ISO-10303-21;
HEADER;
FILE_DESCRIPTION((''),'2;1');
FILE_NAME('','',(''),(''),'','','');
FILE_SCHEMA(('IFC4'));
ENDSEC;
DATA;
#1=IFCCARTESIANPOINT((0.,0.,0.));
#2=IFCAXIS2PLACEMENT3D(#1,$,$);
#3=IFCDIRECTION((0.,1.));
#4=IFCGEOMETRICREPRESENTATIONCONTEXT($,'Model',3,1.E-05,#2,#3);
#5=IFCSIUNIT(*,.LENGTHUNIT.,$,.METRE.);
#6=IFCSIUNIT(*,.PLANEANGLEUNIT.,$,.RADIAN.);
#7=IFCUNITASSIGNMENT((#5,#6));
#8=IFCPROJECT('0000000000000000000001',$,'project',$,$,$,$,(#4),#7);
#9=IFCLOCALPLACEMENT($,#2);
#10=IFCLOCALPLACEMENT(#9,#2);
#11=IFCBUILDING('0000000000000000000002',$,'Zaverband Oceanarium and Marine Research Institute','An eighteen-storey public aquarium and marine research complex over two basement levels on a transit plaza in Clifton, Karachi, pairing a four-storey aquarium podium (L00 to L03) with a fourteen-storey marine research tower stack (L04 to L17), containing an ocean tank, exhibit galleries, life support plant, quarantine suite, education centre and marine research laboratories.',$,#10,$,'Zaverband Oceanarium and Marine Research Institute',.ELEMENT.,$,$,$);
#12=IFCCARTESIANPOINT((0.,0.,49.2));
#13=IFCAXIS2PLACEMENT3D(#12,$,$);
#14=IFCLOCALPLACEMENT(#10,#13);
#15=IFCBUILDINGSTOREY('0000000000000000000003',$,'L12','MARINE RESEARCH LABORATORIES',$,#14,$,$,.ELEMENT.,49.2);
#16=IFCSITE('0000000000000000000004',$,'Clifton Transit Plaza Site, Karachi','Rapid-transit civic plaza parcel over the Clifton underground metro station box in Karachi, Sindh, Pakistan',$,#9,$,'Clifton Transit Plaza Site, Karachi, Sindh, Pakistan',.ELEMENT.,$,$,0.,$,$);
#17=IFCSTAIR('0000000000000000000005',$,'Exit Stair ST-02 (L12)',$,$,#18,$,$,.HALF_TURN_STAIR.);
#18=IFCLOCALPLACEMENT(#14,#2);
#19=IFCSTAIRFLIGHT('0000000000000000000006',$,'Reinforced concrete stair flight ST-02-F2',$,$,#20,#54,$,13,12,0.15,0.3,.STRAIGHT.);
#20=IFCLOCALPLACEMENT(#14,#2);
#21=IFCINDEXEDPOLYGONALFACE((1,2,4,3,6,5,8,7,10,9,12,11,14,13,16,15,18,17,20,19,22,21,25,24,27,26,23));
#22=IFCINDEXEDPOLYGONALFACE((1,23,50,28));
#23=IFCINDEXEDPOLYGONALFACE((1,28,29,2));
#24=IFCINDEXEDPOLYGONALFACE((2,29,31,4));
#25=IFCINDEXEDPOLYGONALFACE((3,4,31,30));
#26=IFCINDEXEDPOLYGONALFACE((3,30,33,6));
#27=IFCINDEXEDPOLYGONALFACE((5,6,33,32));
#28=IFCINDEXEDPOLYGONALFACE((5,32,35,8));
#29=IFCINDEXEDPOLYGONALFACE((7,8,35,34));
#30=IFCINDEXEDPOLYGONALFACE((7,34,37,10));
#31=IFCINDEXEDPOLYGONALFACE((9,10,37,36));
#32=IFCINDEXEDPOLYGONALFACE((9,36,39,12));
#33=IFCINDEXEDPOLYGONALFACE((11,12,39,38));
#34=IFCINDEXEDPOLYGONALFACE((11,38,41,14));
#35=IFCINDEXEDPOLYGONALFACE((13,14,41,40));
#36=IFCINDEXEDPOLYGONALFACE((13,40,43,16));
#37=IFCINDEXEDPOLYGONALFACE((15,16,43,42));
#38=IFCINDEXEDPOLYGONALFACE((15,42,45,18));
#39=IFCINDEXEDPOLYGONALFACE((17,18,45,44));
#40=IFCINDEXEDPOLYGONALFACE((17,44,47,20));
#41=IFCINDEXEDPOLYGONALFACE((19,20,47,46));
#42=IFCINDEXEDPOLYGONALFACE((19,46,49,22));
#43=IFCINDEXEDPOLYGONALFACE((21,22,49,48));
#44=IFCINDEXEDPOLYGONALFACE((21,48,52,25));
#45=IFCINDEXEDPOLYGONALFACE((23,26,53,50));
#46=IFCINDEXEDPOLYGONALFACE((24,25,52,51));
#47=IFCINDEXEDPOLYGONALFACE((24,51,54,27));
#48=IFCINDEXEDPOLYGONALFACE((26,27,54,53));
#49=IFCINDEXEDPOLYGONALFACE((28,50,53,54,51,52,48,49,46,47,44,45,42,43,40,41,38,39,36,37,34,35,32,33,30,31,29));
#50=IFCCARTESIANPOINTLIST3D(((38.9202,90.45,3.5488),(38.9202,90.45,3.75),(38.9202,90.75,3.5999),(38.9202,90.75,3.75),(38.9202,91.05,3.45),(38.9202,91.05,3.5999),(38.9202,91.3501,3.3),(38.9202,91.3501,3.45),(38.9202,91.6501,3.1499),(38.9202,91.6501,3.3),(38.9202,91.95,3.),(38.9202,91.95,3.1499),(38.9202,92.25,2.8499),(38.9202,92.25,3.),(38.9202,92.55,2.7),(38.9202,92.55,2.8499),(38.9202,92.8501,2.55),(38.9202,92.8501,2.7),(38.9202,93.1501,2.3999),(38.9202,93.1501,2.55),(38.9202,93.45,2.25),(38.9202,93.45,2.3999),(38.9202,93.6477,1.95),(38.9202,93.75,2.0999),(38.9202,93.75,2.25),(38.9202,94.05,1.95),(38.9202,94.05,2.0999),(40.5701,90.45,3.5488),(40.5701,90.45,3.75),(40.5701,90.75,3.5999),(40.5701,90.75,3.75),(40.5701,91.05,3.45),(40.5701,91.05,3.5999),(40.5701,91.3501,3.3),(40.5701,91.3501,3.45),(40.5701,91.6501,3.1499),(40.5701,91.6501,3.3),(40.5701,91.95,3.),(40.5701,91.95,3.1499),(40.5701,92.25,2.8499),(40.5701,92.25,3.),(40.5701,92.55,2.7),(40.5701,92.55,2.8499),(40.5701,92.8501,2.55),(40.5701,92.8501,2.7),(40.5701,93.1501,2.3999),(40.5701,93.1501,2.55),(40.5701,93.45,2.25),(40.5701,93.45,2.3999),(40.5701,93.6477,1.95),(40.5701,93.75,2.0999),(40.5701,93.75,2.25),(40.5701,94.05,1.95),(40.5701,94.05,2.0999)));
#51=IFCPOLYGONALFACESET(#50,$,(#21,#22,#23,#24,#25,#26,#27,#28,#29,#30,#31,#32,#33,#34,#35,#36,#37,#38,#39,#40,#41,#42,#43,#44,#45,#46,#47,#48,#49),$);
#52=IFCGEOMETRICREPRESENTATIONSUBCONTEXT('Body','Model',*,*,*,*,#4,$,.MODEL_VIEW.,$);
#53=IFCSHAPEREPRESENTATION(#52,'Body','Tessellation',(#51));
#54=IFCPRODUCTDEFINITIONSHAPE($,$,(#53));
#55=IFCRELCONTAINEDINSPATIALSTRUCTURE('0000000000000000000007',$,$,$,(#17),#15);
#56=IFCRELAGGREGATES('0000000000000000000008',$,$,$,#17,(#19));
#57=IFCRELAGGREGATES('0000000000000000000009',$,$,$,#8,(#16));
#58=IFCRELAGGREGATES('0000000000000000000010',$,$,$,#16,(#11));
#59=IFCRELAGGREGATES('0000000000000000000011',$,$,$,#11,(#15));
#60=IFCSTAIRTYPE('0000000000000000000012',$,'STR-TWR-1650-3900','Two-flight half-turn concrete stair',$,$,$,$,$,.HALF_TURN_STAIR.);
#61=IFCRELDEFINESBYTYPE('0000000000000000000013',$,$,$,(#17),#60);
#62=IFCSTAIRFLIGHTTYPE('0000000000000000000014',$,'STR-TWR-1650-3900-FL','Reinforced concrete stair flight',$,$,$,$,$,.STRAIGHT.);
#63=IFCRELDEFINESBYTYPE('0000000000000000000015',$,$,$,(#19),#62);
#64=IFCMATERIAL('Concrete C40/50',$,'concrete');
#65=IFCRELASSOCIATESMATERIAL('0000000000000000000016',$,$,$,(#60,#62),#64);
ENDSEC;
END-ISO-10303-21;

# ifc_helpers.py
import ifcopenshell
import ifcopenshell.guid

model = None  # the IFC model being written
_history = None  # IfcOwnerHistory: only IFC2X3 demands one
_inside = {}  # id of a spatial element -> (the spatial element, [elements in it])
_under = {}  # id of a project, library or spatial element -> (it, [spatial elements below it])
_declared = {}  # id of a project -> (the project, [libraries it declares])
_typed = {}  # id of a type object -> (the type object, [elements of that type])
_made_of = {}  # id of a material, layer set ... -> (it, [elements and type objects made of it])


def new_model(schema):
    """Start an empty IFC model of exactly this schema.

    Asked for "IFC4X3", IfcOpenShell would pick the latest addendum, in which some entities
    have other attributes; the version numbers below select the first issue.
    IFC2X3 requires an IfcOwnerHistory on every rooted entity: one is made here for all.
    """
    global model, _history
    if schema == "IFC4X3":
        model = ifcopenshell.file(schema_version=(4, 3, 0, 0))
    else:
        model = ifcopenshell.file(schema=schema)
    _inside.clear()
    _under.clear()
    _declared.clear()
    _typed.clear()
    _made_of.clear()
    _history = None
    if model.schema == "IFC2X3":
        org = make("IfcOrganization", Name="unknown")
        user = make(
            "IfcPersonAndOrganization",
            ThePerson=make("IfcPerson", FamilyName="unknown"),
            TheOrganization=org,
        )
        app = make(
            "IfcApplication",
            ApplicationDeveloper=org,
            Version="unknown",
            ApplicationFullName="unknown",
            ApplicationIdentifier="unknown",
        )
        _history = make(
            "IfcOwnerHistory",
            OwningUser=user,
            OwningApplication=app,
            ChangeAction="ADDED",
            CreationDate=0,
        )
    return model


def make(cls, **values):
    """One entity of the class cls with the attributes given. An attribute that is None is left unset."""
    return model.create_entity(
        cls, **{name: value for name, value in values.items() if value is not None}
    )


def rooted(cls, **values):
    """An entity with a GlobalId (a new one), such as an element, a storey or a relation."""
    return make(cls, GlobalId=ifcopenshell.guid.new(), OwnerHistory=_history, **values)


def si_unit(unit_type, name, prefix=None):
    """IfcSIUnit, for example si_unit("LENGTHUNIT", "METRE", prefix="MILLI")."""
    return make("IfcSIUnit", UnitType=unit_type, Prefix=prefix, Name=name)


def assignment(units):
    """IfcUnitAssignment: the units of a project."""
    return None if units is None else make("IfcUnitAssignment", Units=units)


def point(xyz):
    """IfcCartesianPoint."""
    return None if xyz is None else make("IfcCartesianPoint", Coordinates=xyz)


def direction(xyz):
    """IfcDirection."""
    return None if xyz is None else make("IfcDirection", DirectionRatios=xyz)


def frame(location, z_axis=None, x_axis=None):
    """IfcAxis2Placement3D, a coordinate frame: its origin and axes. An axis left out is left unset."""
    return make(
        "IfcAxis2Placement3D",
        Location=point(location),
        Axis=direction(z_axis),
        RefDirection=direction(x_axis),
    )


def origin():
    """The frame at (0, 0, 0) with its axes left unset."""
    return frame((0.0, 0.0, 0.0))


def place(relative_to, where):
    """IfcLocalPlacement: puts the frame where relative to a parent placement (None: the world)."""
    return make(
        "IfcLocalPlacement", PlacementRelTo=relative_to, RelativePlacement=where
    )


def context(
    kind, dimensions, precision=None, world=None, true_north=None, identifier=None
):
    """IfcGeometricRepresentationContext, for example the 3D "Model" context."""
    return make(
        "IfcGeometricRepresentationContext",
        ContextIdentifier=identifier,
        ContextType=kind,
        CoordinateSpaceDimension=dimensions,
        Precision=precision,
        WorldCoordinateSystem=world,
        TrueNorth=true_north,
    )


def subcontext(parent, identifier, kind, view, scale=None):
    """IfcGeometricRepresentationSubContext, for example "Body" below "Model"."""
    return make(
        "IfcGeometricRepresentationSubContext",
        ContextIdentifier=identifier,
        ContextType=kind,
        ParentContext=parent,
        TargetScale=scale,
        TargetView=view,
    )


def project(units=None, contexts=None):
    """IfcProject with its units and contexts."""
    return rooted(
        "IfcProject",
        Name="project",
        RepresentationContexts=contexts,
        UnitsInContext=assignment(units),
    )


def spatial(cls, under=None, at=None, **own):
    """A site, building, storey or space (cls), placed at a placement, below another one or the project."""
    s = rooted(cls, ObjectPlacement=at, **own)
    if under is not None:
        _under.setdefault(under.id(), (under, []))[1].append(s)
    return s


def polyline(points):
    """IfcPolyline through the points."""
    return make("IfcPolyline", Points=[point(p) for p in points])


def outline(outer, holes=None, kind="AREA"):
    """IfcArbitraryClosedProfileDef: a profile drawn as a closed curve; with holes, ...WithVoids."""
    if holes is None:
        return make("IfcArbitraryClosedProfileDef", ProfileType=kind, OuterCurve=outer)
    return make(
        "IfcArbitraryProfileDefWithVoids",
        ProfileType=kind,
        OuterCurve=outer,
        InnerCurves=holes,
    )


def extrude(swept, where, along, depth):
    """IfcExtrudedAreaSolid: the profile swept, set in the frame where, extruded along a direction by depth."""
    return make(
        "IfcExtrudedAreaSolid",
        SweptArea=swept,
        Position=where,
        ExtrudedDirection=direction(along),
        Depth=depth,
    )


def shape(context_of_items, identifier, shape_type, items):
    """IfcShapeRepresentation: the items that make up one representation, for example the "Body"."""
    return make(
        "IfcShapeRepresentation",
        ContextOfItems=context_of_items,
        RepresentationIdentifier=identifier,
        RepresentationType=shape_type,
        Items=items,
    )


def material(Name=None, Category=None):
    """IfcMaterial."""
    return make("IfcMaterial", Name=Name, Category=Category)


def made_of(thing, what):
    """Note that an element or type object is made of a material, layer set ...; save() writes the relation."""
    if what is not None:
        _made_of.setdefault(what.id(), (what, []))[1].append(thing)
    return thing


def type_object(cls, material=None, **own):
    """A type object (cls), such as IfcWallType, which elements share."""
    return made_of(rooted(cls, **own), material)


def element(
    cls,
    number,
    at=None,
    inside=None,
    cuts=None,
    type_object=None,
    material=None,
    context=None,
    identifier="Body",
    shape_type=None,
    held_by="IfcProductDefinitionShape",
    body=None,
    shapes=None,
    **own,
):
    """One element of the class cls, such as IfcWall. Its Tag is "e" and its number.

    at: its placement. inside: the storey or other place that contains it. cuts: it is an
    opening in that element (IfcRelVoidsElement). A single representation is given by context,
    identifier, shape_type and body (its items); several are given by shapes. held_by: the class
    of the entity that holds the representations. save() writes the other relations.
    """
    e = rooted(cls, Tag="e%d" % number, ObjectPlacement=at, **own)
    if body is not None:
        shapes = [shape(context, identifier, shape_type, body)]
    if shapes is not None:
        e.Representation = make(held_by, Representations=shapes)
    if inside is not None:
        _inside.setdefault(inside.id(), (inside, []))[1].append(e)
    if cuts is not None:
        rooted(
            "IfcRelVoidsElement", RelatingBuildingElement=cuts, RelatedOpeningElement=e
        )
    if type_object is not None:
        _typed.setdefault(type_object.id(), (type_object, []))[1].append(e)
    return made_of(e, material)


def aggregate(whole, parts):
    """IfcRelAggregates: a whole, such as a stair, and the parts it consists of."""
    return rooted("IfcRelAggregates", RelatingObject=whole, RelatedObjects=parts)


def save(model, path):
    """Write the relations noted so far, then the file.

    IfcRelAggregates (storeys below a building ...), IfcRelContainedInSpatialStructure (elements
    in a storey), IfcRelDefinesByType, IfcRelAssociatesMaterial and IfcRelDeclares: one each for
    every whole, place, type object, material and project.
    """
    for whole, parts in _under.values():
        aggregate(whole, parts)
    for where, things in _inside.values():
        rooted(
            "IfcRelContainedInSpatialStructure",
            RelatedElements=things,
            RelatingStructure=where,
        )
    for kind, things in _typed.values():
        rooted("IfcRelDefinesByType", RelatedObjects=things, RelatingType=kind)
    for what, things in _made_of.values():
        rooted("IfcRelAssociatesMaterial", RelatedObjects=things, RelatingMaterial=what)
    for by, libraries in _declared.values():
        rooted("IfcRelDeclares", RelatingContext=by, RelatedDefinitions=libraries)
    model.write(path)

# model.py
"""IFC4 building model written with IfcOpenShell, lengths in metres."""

from ifc_helpers import new_model, si_unit, direction, frame, origin, place, context, subcontext, project, spatial, polyline, outline, extrude, material, type_object, element, aggregate, save


model = new_model("IFC4")

# Units and contexts
model_context = context("Model", 3, precision=1e-05, world=origin(), true_north=direction((0.0, 1.0)))
body_context = subcontext(model_context, "Body", "Model", "MODEL_VIEW")
ifc_project = project(units=[si_unit("LENGTHUNIT", "METRE"), si_unit("PLANEANGLEUNIT", "RADIAN")], contexts=[model_context])

# Site, building, storey
site_placement = place(None, origin())
site = spatial("IfcSite", under=ifc_project, at=site_placement, Name="Clifton Transit Plaza Site, Karachi", Description="Rapid-transit civic plaza parcel over the Clifton underground metro station box in Karachi, Sindh, Pakistan", LongName="Clifton Transit Plaza Site, Karachi, Sindh, Pakistan", CompositionType="ELEMENT", RefElevation=0.0)
building_placement = place(site_placement, origin())
building = spatial("IfcBuilding", under=site, at=building_placement, Name="Zaverband Oceanarium and Marine Research Institute", Description="An eighteen-storey public aquarium and marine research complex over two basement levels on a transit plaza in Clifton, Karachi, pairing a four-storey aquarium podium (L00 to L03) with a fourteen-storey marine research tower stack (L04 to L17), containing an ocean tank, exhibit galleries, life support plant, quarantine suite, education centre and marine research laboratories.", LongName="Zaverband Oceanarium and Marine Research Institute", CompositionType="ELEMENT")
storey_placement = place(building_placement, frame((0.0, 0.0, 49.2)))
storey = spatial("IfcBuildingStorey", under=building, at=storey_placement, Name="L12", Description="MARINE RESEARCH LABORATORIES", CompositionType="ELEMENT", Elevation=49.2)

# Shared definitions
ifc_material_1 = material(Name="Concrete C40/50", Category="concrete")

# Stair, stair flight
stair_type = type_object("IfcStairType", Name="STR-TWR-1650-3900", Description="Two-flight half-turn concrete stair", PredefinedType="HALF_TURN_STAIR", material=ifc_material_1)
stair_placement = place(storey_placement, origin())
stair = element("IfcStair", 1, at=stair_placement, inside=storey, type_object=stair_type, Name="Exit Stair ST-02 (L12)", PredefinedType="HALF_TURN_STAIR")
stair_flight_type = type_object("IfcStairFlightType", Name="STR-TWR-1650-3900-FL", Description="Reinforced concrete stair flight", PredefinedType="STRAIGHT", material=ifc_material_1)
stair_flight_1_placement = place(storey_placement, frame((39.7451, 94.05, 1.95), z_axis=(0.0, 0.0, 1.0), x_axis=(0.0, -1.0, 0.0)))
stair_flight_1 = element("IfcStairFlight", 2, at=stair_flight_1_placement, type_object=stair_flight_type, Name="Reinforced concrete stair flight ST-02-F2", NumberOfRisers=13, NumberOfTreads=12, PredefinedType="STRAIGHT", RiserHeight=0.15, TreadLength=0.3, context=body_context, shape_type="SweptSolid", body=[
    extrude(outline(polyline([(0.0, 0.0), (0.0, 0.1499), (0.3, 0.1499), (0.3, 0.3), (0.6001, 0.3), (0.6001, 0.45), (0.8999, 0.45), (0.8999, 0.6001), (1.2, 0.6001), (1.2, 0.75), (1.5, 0.75), (1.5, 0.8999), (1.8, 0.8999), (1.8, 1.05), (2.1001, 1.05), (2.1001, 1.2), (2.3999, 1.2), (2.3999, 1.3501), (2.7, 1.3501), (2.7, 1.5), (3.0, 1.5), (3.0, 1.6499), (3.3, 1.6499), (3.3, 1.8), (3.6001, 1.8), (3.6001, 1.95), (3.6001, 1.5989), (0.4023, 0.0), (0.0, 0.0)])), frame((0.0, 0.825, 0.0), z_axis=(0.0, -1.0, 0.0), x_axis=(1.0, 0.0, 0.0)), (0.0, 0.0, 1.0), 1.6499),
])
aggregate(stair, [stair_flight_1])

save(model, "model.ifc")
